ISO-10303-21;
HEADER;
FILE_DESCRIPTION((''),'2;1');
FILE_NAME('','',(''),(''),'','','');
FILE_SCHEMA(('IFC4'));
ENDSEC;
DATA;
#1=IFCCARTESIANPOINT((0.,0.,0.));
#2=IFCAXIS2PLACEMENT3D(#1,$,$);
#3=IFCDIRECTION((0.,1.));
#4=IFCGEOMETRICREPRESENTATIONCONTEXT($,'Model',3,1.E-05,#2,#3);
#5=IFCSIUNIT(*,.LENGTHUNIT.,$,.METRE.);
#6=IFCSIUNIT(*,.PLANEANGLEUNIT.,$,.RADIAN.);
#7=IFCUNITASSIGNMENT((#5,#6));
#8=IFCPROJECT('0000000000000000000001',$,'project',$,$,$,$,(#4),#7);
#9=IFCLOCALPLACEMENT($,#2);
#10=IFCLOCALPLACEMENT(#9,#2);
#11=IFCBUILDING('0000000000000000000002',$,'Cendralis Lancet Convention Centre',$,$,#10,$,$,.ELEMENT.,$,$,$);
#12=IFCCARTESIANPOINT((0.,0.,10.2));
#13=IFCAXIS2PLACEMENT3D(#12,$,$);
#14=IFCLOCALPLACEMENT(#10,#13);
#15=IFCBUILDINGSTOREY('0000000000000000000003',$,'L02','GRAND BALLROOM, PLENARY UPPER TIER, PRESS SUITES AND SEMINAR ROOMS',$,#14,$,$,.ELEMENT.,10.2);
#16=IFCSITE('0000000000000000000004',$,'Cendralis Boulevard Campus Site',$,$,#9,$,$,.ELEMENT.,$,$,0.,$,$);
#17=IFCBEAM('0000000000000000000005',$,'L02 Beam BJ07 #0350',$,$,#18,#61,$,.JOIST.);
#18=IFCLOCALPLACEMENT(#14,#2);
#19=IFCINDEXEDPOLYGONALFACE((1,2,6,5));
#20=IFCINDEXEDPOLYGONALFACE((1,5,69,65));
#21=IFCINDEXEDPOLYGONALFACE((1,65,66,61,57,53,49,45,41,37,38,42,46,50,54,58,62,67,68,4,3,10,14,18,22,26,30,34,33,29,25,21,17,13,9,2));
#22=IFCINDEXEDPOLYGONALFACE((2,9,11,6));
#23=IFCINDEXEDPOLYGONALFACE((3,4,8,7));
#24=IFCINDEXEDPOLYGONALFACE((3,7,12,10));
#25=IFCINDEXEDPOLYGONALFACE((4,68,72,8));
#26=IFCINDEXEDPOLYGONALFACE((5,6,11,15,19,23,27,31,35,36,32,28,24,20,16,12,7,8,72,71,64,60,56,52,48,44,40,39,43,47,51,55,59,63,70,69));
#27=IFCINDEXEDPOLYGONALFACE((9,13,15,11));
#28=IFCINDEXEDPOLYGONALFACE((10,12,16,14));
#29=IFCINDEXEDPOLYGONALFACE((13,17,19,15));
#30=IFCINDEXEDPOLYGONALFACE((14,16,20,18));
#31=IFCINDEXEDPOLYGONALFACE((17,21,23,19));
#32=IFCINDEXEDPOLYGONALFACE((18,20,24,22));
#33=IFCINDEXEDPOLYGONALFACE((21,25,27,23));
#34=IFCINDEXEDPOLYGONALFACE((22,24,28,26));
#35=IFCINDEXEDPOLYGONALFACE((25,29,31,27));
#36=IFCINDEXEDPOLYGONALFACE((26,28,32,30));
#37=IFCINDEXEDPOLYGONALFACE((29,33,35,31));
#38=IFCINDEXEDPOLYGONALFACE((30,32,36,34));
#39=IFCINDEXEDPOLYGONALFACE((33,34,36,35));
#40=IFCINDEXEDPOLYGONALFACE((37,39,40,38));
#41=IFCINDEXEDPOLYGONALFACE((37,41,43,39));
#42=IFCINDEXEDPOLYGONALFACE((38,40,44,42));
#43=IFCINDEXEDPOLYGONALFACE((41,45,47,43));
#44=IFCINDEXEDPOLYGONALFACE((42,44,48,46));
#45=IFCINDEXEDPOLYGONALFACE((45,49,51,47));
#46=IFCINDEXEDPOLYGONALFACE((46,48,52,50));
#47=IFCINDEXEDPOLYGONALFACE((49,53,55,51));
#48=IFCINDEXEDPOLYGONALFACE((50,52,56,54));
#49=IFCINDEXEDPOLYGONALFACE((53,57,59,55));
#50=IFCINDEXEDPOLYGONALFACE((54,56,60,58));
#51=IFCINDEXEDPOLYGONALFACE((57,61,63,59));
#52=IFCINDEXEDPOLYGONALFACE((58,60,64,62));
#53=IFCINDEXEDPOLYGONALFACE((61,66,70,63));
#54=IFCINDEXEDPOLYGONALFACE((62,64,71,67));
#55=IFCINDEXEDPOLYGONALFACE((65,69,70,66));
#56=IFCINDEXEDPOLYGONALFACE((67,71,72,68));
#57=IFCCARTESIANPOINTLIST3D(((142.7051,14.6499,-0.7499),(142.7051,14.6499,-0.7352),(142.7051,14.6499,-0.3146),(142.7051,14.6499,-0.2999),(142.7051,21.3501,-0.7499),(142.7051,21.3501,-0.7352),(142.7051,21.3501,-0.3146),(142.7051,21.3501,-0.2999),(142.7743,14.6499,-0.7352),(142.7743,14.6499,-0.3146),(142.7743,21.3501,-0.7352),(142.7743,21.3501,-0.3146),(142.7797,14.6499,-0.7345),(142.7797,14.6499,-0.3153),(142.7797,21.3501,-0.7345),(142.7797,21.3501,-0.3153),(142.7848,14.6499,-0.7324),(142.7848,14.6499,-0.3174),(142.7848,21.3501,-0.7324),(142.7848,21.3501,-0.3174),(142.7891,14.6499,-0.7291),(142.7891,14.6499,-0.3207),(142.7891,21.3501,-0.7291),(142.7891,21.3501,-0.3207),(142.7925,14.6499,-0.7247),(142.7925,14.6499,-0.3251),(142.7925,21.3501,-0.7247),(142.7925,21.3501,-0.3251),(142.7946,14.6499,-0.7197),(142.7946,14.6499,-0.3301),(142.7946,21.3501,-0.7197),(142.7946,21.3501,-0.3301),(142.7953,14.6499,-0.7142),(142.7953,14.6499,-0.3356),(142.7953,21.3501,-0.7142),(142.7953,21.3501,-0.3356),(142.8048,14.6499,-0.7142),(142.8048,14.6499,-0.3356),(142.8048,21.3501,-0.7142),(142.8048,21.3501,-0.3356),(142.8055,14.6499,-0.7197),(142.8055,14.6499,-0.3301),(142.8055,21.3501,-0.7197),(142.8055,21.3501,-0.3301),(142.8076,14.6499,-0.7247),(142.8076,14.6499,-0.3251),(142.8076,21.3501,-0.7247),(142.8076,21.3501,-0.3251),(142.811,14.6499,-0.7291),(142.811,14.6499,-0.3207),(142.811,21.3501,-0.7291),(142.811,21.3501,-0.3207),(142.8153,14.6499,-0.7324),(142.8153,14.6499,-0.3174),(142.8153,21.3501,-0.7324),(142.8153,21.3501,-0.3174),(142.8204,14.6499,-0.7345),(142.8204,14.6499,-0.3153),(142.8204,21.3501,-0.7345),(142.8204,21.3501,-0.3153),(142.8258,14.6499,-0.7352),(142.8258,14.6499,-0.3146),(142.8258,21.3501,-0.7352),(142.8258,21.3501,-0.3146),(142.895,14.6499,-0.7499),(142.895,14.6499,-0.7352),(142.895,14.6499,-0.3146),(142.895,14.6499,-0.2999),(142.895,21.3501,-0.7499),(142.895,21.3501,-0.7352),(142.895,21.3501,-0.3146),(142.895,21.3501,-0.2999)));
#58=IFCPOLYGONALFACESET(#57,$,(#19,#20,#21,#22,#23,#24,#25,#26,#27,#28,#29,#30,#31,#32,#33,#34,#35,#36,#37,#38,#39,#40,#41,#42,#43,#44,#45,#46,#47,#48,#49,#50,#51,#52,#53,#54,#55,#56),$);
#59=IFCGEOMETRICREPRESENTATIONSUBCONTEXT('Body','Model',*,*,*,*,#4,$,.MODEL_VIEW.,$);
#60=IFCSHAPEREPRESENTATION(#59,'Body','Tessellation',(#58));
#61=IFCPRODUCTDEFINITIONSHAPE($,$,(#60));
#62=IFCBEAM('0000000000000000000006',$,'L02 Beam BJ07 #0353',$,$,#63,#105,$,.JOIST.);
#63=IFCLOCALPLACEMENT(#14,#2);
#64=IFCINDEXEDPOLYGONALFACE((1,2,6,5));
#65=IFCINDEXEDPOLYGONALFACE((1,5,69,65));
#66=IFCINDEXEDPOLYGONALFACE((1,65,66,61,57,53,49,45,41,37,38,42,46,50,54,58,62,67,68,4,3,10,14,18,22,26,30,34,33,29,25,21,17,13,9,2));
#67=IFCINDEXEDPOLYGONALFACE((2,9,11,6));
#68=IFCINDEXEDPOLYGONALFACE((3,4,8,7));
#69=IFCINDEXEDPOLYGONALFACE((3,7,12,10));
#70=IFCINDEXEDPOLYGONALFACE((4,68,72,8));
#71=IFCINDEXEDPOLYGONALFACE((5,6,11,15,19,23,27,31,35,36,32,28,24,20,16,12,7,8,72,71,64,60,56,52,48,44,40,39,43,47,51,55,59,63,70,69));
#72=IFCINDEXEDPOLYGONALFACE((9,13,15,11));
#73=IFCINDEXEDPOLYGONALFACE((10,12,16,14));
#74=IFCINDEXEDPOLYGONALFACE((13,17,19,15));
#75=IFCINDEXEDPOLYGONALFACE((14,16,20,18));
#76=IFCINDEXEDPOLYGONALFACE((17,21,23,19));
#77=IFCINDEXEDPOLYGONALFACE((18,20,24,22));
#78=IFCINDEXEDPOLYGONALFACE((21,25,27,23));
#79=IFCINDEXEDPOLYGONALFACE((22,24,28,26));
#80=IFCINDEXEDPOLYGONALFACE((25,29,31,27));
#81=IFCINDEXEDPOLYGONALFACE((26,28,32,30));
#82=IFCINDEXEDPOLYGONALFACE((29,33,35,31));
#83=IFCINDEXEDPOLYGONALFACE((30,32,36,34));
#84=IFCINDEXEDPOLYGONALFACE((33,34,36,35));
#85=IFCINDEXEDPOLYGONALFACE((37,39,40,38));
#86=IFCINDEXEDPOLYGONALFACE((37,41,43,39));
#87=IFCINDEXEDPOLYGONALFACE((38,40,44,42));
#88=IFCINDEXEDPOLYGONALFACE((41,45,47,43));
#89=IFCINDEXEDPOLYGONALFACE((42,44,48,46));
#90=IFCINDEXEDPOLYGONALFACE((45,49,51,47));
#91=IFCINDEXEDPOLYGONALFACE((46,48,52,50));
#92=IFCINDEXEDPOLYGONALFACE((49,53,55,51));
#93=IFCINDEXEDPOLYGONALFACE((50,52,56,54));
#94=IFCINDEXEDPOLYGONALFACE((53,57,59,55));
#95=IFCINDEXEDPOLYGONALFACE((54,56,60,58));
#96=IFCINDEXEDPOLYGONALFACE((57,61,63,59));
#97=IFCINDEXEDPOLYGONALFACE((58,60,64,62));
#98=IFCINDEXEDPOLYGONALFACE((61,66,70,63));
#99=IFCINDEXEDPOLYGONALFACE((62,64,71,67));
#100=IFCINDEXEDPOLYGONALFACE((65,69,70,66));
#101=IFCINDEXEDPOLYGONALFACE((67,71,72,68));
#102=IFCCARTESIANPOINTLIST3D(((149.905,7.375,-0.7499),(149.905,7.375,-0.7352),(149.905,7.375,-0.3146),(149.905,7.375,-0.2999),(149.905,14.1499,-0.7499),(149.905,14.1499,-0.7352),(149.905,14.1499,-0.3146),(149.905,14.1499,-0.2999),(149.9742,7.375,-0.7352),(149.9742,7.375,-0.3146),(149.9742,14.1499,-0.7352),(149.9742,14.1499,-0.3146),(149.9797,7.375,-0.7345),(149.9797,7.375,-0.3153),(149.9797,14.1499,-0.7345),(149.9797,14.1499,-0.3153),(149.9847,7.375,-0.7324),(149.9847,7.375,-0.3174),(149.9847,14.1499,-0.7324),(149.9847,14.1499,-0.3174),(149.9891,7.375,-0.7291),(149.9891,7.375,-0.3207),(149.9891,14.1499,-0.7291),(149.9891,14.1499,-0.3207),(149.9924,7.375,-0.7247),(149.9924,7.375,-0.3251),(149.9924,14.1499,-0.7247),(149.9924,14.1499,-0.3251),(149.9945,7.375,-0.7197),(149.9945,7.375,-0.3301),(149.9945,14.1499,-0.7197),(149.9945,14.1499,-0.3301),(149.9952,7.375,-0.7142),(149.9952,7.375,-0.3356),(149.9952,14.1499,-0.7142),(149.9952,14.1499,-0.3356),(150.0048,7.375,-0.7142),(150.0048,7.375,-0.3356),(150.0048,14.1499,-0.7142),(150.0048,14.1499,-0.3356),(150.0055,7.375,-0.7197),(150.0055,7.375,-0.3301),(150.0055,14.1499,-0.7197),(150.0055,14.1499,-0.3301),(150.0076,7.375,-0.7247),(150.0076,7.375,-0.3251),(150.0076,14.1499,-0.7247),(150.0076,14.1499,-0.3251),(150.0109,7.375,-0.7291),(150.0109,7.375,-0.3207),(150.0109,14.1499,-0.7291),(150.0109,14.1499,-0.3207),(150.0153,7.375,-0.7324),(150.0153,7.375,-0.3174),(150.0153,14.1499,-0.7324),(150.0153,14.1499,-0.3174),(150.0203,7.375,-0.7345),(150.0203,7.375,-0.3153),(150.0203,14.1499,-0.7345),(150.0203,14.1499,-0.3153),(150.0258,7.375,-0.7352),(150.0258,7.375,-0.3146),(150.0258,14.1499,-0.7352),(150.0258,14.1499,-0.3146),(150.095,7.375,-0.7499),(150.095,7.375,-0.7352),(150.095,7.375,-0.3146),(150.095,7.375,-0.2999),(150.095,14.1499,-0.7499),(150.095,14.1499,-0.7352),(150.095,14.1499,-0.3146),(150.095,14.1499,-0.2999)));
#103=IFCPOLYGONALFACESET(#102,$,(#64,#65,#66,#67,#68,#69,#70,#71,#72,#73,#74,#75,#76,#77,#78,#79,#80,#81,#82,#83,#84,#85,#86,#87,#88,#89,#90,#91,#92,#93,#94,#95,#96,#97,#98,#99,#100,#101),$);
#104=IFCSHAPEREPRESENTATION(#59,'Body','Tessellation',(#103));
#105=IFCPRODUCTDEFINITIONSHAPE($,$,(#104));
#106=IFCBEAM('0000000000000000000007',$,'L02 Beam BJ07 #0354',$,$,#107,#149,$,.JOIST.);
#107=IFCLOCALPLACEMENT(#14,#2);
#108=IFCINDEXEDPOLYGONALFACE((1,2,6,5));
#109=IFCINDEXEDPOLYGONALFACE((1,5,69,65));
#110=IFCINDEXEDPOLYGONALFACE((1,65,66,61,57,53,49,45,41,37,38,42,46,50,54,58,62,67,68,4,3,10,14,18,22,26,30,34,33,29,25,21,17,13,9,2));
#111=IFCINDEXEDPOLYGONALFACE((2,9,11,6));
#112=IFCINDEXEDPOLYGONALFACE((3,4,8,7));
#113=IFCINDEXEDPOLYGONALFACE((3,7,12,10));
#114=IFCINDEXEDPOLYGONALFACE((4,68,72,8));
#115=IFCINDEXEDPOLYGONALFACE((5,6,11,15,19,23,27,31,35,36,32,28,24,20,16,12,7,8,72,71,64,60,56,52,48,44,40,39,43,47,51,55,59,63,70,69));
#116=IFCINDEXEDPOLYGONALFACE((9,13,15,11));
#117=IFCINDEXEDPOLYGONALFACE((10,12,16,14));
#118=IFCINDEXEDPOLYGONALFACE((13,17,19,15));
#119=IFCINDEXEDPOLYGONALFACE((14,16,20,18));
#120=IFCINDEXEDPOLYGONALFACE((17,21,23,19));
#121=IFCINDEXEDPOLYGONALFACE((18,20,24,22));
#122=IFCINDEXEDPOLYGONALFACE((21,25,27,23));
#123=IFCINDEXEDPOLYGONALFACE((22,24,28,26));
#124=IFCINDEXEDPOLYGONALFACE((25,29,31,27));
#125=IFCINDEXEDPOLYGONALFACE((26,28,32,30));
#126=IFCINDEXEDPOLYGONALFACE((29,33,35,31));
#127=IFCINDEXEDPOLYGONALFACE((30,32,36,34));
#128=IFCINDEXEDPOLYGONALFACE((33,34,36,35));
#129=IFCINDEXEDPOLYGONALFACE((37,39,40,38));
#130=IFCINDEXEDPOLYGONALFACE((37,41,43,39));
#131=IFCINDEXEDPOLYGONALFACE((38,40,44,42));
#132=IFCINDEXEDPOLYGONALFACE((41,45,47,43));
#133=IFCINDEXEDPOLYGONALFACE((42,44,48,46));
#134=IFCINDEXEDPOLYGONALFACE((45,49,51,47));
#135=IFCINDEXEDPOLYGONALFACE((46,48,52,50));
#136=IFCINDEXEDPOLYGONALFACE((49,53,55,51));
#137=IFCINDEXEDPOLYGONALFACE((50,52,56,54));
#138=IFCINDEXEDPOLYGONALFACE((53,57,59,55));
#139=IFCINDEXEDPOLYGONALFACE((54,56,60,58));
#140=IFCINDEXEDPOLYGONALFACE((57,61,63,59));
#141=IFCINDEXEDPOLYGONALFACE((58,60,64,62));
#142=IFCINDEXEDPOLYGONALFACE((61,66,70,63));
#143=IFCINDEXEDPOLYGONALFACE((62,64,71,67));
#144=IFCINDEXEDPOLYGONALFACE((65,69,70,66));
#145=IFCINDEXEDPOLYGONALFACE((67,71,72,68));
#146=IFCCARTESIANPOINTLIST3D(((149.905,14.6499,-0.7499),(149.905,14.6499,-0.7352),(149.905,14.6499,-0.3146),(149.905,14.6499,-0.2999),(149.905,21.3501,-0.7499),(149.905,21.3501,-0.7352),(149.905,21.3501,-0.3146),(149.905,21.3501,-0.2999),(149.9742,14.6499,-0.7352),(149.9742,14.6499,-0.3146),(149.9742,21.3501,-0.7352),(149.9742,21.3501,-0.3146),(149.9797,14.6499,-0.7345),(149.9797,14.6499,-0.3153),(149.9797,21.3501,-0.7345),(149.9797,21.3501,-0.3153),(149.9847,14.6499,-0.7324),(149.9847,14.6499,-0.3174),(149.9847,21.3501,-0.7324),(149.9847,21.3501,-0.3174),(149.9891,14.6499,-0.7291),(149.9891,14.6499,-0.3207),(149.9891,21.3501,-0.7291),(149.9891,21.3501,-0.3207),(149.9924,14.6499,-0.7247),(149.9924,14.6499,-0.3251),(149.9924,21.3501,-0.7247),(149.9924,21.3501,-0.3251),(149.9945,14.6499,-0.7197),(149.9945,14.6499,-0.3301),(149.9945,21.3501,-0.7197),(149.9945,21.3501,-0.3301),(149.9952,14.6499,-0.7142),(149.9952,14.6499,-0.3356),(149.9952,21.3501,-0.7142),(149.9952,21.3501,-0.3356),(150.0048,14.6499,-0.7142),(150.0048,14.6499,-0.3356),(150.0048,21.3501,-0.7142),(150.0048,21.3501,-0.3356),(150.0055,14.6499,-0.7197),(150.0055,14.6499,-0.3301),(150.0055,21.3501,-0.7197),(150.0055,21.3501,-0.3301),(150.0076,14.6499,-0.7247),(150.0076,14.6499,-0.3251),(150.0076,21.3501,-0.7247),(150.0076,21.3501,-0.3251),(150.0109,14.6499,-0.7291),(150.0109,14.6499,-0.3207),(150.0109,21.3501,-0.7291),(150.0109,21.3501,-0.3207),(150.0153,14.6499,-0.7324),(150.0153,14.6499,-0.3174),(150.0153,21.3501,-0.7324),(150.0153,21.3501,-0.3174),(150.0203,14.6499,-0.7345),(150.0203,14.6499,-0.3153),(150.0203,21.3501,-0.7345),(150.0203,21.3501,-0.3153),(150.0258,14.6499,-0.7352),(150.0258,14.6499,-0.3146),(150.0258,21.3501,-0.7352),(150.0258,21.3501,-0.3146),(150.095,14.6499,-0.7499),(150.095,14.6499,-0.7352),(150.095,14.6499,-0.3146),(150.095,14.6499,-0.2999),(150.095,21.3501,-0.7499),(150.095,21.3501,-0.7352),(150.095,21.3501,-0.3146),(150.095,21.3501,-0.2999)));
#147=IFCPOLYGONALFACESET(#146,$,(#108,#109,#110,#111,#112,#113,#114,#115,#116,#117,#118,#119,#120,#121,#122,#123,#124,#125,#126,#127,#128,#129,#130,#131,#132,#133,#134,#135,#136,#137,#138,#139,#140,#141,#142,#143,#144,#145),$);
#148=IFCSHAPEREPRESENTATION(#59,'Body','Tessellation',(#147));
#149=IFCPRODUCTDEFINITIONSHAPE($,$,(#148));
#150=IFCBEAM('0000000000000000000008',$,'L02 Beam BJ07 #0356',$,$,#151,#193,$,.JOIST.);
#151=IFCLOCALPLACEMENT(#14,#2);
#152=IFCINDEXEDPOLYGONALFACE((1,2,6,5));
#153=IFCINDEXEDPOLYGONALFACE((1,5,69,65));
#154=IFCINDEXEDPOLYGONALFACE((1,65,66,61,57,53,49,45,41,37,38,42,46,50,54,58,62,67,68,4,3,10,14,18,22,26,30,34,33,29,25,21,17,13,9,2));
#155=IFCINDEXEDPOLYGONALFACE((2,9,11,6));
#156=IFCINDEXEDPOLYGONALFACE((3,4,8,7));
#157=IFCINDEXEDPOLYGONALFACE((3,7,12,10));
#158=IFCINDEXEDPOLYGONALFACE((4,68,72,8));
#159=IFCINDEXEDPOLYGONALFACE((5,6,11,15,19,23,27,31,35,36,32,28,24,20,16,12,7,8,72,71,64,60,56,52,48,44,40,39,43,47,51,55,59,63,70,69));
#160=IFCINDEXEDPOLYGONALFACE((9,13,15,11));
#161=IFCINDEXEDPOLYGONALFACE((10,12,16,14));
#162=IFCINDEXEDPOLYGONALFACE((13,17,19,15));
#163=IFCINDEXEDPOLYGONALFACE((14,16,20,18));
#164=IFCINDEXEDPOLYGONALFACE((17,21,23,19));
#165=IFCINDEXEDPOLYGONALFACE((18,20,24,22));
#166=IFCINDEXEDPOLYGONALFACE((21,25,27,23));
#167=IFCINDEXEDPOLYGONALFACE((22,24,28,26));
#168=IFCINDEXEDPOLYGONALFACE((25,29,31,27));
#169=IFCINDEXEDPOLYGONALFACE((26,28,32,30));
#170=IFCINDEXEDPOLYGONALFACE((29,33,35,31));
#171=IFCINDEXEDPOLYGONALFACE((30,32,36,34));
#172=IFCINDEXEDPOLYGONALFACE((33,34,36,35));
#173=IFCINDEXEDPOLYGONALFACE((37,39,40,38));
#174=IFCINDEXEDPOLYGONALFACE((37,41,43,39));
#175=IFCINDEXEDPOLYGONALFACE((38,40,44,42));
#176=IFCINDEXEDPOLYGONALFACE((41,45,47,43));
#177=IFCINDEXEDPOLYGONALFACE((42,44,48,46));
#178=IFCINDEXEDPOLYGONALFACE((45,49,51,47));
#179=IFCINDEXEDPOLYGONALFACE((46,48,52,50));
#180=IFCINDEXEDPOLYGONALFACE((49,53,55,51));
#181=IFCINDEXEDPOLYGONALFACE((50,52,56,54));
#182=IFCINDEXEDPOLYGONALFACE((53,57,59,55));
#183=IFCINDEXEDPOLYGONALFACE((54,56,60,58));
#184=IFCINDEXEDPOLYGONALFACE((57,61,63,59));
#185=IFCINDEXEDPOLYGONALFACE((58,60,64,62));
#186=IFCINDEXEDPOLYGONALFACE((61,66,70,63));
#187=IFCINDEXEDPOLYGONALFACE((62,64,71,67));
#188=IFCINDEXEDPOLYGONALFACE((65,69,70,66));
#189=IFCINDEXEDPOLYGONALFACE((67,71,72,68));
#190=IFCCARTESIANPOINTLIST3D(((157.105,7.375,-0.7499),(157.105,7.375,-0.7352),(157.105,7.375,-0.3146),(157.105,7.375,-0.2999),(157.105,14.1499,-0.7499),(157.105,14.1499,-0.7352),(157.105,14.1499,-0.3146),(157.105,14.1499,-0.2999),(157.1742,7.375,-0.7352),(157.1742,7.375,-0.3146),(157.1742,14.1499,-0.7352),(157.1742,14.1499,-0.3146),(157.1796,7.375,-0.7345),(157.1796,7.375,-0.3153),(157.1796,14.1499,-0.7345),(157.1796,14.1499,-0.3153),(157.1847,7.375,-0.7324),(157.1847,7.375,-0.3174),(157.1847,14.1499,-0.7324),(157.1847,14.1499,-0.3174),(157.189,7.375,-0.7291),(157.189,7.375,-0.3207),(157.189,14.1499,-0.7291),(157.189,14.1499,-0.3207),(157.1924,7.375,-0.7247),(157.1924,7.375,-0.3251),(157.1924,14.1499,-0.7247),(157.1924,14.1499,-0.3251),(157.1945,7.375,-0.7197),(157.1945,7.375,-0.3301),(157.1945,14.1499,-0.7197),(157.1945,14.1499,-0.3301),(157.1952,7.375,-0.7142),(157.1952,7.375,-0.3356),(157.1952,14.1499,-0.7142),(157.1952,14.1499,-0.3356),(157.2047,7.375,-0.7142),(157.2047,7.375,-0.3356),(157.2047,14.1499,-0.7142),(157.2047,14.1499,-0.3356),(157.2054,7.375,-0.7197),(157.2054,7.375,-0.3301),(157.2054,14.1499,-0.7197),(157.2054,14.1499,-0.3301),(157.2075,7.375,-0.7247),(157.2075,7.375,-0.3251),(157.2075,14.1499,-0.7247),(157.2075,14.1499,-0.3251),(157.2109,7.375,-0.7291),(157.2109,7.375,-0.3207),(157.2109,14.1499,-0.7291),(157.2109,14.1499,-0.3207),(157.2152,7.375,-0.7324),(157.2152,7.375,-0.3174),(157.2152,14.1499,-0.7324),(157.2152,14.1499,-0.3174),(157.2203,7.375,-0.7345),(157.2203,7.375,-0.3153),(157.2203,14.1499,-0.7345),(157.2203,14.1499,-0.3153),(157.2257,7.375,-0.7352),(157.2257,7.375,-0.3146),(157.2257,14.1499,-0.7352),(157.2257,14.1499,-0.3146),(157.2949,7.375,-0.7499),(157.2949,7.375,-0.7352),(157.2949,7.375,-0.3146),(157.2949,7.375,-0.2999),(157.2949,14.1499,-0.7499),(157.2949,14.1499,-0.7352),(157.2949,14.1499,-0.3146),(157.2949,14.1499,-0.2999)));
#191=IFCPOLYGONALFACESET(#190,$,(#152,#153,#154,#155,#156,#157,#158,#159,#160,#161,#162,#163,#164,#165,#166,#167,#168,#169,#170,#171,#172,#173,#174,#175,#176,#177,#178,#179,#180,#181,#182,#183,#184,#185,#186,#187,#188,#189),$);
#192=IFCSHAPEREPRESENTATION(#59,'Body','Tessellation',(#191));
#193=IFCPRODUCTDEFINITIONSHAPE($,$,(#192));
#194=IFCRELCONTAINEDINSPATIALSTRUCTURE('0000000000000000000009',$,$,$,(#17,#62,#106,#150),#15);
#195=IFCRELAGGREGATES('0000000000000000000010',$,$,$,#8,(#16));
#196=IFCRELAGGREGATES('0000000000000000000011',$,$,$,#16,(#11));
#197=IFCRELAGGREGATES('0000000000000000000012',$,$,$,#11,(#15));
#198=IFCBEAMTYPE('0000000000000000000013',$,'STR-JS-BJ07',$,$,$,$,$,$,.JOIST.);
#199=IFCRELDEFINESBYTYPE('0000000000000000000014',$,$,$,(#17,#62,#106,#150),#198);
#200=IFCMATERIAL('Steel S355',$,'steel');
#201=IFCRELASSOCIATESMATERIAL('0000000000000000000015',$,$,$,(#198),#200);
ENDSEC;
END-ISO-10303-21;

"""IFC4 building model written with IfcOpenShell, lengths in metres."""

from ifc_helpers import new_model, si_unit, direction, frame, origin, origin_2d, place, context, subcontext, project, spatial, i_section, extrude, material, material_profile, profile_set, type_object, element, save


model = new_model("IFC4")

# Units and contexts
model_context = context("Model", 3, precision=1e-05, world=origin(), true_north=direction((0.0, 1.0)))
body_context = subcontext(model_context, "Body", "Model", "MODEL_VIEW")
ifc_project = project(units=[si_unit("LENGTHUNIT", "METRE"), si_unit("PLANEANGLEUNIT", "RADIAN")], contexts=[model_context])

# Site, building, storey
site_placement = place(None, origin())
site = spatial("IfcSite", under=ifc_project, at=site_placement, Name="Cendralis Boulevard Campus Site", CompositionType="ELEMENT", RefElevation=0.0)
building_placement = place(site_placement, origin())
building = spatial("IfcBuilding", under=site, at=building_placement, Name="Cendralis Lancet Convention Centre", CompositionType="ELEMENT")
storey_placement = place(building_placement, frame((0.0, 0.0, 10.2)))
storey = spatial("IfcBuildingStorey", under=building, at=storey_placement, Name="L02", Description="GRAND BALLROOM, PLENARY UPPER TIER, PRESS SUITES AND SEMINAR ROOMS", CompositionType="ELEMENT", Elevation=10.2)

# Beams
ifc_material_1 = material(Name="Steel S355", Category="steel")
ifc_material_profile_1 = material_profile(ifc_material_1, i_section(OverallWidth=0.1899, OverallDepth=0.45, WebThickness=0.0095, FlangeThickness=0.0146, FilletRadius=0.021, at=origin_2d()), Name="IPE 450")
ifc_profile_set_1 = profile_set([ifc_material_profile_1], Name="Steel S355")
beam_type_1 = type_object("IfcBeamType", Name="STR-JS-BJ07", PredefinedType="JOIST", material=ifc_profile_set_1)
beam_1_placement = place(storey_placement, frame((142.8, 14.6499, -0.5249), z_axis=(0.0, 1.0, 0.0), x_axis=(-1.0, 0.0, 0.0)))
element("IfcBeam", 1, at=beam_1_placement, inside=storey, type_object=beam_type_1, Name="L02 Beam BJ07 #0350", PredefinedType="JOIST", context=body_context, shape_type="SweptSolid", body=[
    extrude(i_section(OverallWidth=0.1899, OverallDepth=0.45, WebThickness=0.0095, FlangeThickness=0.0146, FilletRadius=0.021, at=origin_2d()), origin(), (0.0, 0.0, 1.0), 6.7002),
])
beam_2_placement = place(storey_placement, frame((150.0, 7.375, -0.5249), z_axis=(0.0, 1.0, 0.0), x_axis=(-1.0, 0.0, 0.0)))
element("IfcBeam", 2, at=beam_2_placement, inside=storey, type_object=beam_type_1, Name="L02 Beam BJ07 #0353", PredefinedType="JOIST", context=body_context, shape_type="SweptSolid", body=[
    extrude(i_section(OverallWidth=0.1899, OverallDepth=0.45, WebThickness=0.0095, FlangeThickness=0.0146, FilletRadius=0.021, at=origin_2d()), origin(), (0.0, 0.0, 1.0), 6.7749),
])
beam_3_placement = place(storey_placement, frame((150.0, 14.6499, -0.5249), z_axis=(0.0, 1.0, 0.0), x_axis=(-1.0, 0.0, 0.0)))
element("IfcBeam", 3, at=beam_3_placement, inside=storey, type_object=beam_type_1, Name="L02 Beam BJ07 #0354", PredefinedType="JOIST", context=body_context, shape_type="SweptSolid", body=[
    extrude(i_section(OverallWidth=0.1899, OverallDepth=0.45, WebThickness=0.0095, FlangeThickness=0.0146, FilletRadius=0.021, at=origin_2d()), origin(), (0.0, 0.0, 1.0), 6.7002),
])
beam_4_placement = place(storey_placement, frame((157.2, 7.375, -0.5249), z_axis=(0.0, 1.0, 0.0), x_axis=(-1.0, 0.0, 0.0)))
element("IfcBeam", 4, at=beam_4_placement, inside=storey, type_object=beam_type_1, Name="L02 Beam BJ07 #0356", PredefinedType="JOIST", context=body_context, shape_type="SweptSolid", body=[
    extrude(i_section(OverallWidth=0.1899, OverallDepth=0.45, WebThickness=0.0095, FlangeThickness=0.0146, FilletRadius=0.021, at=origin_2d()), origin(), (0.0, 0.0, 1.0), 6.7749),
])

save(model, "model.ifc")
